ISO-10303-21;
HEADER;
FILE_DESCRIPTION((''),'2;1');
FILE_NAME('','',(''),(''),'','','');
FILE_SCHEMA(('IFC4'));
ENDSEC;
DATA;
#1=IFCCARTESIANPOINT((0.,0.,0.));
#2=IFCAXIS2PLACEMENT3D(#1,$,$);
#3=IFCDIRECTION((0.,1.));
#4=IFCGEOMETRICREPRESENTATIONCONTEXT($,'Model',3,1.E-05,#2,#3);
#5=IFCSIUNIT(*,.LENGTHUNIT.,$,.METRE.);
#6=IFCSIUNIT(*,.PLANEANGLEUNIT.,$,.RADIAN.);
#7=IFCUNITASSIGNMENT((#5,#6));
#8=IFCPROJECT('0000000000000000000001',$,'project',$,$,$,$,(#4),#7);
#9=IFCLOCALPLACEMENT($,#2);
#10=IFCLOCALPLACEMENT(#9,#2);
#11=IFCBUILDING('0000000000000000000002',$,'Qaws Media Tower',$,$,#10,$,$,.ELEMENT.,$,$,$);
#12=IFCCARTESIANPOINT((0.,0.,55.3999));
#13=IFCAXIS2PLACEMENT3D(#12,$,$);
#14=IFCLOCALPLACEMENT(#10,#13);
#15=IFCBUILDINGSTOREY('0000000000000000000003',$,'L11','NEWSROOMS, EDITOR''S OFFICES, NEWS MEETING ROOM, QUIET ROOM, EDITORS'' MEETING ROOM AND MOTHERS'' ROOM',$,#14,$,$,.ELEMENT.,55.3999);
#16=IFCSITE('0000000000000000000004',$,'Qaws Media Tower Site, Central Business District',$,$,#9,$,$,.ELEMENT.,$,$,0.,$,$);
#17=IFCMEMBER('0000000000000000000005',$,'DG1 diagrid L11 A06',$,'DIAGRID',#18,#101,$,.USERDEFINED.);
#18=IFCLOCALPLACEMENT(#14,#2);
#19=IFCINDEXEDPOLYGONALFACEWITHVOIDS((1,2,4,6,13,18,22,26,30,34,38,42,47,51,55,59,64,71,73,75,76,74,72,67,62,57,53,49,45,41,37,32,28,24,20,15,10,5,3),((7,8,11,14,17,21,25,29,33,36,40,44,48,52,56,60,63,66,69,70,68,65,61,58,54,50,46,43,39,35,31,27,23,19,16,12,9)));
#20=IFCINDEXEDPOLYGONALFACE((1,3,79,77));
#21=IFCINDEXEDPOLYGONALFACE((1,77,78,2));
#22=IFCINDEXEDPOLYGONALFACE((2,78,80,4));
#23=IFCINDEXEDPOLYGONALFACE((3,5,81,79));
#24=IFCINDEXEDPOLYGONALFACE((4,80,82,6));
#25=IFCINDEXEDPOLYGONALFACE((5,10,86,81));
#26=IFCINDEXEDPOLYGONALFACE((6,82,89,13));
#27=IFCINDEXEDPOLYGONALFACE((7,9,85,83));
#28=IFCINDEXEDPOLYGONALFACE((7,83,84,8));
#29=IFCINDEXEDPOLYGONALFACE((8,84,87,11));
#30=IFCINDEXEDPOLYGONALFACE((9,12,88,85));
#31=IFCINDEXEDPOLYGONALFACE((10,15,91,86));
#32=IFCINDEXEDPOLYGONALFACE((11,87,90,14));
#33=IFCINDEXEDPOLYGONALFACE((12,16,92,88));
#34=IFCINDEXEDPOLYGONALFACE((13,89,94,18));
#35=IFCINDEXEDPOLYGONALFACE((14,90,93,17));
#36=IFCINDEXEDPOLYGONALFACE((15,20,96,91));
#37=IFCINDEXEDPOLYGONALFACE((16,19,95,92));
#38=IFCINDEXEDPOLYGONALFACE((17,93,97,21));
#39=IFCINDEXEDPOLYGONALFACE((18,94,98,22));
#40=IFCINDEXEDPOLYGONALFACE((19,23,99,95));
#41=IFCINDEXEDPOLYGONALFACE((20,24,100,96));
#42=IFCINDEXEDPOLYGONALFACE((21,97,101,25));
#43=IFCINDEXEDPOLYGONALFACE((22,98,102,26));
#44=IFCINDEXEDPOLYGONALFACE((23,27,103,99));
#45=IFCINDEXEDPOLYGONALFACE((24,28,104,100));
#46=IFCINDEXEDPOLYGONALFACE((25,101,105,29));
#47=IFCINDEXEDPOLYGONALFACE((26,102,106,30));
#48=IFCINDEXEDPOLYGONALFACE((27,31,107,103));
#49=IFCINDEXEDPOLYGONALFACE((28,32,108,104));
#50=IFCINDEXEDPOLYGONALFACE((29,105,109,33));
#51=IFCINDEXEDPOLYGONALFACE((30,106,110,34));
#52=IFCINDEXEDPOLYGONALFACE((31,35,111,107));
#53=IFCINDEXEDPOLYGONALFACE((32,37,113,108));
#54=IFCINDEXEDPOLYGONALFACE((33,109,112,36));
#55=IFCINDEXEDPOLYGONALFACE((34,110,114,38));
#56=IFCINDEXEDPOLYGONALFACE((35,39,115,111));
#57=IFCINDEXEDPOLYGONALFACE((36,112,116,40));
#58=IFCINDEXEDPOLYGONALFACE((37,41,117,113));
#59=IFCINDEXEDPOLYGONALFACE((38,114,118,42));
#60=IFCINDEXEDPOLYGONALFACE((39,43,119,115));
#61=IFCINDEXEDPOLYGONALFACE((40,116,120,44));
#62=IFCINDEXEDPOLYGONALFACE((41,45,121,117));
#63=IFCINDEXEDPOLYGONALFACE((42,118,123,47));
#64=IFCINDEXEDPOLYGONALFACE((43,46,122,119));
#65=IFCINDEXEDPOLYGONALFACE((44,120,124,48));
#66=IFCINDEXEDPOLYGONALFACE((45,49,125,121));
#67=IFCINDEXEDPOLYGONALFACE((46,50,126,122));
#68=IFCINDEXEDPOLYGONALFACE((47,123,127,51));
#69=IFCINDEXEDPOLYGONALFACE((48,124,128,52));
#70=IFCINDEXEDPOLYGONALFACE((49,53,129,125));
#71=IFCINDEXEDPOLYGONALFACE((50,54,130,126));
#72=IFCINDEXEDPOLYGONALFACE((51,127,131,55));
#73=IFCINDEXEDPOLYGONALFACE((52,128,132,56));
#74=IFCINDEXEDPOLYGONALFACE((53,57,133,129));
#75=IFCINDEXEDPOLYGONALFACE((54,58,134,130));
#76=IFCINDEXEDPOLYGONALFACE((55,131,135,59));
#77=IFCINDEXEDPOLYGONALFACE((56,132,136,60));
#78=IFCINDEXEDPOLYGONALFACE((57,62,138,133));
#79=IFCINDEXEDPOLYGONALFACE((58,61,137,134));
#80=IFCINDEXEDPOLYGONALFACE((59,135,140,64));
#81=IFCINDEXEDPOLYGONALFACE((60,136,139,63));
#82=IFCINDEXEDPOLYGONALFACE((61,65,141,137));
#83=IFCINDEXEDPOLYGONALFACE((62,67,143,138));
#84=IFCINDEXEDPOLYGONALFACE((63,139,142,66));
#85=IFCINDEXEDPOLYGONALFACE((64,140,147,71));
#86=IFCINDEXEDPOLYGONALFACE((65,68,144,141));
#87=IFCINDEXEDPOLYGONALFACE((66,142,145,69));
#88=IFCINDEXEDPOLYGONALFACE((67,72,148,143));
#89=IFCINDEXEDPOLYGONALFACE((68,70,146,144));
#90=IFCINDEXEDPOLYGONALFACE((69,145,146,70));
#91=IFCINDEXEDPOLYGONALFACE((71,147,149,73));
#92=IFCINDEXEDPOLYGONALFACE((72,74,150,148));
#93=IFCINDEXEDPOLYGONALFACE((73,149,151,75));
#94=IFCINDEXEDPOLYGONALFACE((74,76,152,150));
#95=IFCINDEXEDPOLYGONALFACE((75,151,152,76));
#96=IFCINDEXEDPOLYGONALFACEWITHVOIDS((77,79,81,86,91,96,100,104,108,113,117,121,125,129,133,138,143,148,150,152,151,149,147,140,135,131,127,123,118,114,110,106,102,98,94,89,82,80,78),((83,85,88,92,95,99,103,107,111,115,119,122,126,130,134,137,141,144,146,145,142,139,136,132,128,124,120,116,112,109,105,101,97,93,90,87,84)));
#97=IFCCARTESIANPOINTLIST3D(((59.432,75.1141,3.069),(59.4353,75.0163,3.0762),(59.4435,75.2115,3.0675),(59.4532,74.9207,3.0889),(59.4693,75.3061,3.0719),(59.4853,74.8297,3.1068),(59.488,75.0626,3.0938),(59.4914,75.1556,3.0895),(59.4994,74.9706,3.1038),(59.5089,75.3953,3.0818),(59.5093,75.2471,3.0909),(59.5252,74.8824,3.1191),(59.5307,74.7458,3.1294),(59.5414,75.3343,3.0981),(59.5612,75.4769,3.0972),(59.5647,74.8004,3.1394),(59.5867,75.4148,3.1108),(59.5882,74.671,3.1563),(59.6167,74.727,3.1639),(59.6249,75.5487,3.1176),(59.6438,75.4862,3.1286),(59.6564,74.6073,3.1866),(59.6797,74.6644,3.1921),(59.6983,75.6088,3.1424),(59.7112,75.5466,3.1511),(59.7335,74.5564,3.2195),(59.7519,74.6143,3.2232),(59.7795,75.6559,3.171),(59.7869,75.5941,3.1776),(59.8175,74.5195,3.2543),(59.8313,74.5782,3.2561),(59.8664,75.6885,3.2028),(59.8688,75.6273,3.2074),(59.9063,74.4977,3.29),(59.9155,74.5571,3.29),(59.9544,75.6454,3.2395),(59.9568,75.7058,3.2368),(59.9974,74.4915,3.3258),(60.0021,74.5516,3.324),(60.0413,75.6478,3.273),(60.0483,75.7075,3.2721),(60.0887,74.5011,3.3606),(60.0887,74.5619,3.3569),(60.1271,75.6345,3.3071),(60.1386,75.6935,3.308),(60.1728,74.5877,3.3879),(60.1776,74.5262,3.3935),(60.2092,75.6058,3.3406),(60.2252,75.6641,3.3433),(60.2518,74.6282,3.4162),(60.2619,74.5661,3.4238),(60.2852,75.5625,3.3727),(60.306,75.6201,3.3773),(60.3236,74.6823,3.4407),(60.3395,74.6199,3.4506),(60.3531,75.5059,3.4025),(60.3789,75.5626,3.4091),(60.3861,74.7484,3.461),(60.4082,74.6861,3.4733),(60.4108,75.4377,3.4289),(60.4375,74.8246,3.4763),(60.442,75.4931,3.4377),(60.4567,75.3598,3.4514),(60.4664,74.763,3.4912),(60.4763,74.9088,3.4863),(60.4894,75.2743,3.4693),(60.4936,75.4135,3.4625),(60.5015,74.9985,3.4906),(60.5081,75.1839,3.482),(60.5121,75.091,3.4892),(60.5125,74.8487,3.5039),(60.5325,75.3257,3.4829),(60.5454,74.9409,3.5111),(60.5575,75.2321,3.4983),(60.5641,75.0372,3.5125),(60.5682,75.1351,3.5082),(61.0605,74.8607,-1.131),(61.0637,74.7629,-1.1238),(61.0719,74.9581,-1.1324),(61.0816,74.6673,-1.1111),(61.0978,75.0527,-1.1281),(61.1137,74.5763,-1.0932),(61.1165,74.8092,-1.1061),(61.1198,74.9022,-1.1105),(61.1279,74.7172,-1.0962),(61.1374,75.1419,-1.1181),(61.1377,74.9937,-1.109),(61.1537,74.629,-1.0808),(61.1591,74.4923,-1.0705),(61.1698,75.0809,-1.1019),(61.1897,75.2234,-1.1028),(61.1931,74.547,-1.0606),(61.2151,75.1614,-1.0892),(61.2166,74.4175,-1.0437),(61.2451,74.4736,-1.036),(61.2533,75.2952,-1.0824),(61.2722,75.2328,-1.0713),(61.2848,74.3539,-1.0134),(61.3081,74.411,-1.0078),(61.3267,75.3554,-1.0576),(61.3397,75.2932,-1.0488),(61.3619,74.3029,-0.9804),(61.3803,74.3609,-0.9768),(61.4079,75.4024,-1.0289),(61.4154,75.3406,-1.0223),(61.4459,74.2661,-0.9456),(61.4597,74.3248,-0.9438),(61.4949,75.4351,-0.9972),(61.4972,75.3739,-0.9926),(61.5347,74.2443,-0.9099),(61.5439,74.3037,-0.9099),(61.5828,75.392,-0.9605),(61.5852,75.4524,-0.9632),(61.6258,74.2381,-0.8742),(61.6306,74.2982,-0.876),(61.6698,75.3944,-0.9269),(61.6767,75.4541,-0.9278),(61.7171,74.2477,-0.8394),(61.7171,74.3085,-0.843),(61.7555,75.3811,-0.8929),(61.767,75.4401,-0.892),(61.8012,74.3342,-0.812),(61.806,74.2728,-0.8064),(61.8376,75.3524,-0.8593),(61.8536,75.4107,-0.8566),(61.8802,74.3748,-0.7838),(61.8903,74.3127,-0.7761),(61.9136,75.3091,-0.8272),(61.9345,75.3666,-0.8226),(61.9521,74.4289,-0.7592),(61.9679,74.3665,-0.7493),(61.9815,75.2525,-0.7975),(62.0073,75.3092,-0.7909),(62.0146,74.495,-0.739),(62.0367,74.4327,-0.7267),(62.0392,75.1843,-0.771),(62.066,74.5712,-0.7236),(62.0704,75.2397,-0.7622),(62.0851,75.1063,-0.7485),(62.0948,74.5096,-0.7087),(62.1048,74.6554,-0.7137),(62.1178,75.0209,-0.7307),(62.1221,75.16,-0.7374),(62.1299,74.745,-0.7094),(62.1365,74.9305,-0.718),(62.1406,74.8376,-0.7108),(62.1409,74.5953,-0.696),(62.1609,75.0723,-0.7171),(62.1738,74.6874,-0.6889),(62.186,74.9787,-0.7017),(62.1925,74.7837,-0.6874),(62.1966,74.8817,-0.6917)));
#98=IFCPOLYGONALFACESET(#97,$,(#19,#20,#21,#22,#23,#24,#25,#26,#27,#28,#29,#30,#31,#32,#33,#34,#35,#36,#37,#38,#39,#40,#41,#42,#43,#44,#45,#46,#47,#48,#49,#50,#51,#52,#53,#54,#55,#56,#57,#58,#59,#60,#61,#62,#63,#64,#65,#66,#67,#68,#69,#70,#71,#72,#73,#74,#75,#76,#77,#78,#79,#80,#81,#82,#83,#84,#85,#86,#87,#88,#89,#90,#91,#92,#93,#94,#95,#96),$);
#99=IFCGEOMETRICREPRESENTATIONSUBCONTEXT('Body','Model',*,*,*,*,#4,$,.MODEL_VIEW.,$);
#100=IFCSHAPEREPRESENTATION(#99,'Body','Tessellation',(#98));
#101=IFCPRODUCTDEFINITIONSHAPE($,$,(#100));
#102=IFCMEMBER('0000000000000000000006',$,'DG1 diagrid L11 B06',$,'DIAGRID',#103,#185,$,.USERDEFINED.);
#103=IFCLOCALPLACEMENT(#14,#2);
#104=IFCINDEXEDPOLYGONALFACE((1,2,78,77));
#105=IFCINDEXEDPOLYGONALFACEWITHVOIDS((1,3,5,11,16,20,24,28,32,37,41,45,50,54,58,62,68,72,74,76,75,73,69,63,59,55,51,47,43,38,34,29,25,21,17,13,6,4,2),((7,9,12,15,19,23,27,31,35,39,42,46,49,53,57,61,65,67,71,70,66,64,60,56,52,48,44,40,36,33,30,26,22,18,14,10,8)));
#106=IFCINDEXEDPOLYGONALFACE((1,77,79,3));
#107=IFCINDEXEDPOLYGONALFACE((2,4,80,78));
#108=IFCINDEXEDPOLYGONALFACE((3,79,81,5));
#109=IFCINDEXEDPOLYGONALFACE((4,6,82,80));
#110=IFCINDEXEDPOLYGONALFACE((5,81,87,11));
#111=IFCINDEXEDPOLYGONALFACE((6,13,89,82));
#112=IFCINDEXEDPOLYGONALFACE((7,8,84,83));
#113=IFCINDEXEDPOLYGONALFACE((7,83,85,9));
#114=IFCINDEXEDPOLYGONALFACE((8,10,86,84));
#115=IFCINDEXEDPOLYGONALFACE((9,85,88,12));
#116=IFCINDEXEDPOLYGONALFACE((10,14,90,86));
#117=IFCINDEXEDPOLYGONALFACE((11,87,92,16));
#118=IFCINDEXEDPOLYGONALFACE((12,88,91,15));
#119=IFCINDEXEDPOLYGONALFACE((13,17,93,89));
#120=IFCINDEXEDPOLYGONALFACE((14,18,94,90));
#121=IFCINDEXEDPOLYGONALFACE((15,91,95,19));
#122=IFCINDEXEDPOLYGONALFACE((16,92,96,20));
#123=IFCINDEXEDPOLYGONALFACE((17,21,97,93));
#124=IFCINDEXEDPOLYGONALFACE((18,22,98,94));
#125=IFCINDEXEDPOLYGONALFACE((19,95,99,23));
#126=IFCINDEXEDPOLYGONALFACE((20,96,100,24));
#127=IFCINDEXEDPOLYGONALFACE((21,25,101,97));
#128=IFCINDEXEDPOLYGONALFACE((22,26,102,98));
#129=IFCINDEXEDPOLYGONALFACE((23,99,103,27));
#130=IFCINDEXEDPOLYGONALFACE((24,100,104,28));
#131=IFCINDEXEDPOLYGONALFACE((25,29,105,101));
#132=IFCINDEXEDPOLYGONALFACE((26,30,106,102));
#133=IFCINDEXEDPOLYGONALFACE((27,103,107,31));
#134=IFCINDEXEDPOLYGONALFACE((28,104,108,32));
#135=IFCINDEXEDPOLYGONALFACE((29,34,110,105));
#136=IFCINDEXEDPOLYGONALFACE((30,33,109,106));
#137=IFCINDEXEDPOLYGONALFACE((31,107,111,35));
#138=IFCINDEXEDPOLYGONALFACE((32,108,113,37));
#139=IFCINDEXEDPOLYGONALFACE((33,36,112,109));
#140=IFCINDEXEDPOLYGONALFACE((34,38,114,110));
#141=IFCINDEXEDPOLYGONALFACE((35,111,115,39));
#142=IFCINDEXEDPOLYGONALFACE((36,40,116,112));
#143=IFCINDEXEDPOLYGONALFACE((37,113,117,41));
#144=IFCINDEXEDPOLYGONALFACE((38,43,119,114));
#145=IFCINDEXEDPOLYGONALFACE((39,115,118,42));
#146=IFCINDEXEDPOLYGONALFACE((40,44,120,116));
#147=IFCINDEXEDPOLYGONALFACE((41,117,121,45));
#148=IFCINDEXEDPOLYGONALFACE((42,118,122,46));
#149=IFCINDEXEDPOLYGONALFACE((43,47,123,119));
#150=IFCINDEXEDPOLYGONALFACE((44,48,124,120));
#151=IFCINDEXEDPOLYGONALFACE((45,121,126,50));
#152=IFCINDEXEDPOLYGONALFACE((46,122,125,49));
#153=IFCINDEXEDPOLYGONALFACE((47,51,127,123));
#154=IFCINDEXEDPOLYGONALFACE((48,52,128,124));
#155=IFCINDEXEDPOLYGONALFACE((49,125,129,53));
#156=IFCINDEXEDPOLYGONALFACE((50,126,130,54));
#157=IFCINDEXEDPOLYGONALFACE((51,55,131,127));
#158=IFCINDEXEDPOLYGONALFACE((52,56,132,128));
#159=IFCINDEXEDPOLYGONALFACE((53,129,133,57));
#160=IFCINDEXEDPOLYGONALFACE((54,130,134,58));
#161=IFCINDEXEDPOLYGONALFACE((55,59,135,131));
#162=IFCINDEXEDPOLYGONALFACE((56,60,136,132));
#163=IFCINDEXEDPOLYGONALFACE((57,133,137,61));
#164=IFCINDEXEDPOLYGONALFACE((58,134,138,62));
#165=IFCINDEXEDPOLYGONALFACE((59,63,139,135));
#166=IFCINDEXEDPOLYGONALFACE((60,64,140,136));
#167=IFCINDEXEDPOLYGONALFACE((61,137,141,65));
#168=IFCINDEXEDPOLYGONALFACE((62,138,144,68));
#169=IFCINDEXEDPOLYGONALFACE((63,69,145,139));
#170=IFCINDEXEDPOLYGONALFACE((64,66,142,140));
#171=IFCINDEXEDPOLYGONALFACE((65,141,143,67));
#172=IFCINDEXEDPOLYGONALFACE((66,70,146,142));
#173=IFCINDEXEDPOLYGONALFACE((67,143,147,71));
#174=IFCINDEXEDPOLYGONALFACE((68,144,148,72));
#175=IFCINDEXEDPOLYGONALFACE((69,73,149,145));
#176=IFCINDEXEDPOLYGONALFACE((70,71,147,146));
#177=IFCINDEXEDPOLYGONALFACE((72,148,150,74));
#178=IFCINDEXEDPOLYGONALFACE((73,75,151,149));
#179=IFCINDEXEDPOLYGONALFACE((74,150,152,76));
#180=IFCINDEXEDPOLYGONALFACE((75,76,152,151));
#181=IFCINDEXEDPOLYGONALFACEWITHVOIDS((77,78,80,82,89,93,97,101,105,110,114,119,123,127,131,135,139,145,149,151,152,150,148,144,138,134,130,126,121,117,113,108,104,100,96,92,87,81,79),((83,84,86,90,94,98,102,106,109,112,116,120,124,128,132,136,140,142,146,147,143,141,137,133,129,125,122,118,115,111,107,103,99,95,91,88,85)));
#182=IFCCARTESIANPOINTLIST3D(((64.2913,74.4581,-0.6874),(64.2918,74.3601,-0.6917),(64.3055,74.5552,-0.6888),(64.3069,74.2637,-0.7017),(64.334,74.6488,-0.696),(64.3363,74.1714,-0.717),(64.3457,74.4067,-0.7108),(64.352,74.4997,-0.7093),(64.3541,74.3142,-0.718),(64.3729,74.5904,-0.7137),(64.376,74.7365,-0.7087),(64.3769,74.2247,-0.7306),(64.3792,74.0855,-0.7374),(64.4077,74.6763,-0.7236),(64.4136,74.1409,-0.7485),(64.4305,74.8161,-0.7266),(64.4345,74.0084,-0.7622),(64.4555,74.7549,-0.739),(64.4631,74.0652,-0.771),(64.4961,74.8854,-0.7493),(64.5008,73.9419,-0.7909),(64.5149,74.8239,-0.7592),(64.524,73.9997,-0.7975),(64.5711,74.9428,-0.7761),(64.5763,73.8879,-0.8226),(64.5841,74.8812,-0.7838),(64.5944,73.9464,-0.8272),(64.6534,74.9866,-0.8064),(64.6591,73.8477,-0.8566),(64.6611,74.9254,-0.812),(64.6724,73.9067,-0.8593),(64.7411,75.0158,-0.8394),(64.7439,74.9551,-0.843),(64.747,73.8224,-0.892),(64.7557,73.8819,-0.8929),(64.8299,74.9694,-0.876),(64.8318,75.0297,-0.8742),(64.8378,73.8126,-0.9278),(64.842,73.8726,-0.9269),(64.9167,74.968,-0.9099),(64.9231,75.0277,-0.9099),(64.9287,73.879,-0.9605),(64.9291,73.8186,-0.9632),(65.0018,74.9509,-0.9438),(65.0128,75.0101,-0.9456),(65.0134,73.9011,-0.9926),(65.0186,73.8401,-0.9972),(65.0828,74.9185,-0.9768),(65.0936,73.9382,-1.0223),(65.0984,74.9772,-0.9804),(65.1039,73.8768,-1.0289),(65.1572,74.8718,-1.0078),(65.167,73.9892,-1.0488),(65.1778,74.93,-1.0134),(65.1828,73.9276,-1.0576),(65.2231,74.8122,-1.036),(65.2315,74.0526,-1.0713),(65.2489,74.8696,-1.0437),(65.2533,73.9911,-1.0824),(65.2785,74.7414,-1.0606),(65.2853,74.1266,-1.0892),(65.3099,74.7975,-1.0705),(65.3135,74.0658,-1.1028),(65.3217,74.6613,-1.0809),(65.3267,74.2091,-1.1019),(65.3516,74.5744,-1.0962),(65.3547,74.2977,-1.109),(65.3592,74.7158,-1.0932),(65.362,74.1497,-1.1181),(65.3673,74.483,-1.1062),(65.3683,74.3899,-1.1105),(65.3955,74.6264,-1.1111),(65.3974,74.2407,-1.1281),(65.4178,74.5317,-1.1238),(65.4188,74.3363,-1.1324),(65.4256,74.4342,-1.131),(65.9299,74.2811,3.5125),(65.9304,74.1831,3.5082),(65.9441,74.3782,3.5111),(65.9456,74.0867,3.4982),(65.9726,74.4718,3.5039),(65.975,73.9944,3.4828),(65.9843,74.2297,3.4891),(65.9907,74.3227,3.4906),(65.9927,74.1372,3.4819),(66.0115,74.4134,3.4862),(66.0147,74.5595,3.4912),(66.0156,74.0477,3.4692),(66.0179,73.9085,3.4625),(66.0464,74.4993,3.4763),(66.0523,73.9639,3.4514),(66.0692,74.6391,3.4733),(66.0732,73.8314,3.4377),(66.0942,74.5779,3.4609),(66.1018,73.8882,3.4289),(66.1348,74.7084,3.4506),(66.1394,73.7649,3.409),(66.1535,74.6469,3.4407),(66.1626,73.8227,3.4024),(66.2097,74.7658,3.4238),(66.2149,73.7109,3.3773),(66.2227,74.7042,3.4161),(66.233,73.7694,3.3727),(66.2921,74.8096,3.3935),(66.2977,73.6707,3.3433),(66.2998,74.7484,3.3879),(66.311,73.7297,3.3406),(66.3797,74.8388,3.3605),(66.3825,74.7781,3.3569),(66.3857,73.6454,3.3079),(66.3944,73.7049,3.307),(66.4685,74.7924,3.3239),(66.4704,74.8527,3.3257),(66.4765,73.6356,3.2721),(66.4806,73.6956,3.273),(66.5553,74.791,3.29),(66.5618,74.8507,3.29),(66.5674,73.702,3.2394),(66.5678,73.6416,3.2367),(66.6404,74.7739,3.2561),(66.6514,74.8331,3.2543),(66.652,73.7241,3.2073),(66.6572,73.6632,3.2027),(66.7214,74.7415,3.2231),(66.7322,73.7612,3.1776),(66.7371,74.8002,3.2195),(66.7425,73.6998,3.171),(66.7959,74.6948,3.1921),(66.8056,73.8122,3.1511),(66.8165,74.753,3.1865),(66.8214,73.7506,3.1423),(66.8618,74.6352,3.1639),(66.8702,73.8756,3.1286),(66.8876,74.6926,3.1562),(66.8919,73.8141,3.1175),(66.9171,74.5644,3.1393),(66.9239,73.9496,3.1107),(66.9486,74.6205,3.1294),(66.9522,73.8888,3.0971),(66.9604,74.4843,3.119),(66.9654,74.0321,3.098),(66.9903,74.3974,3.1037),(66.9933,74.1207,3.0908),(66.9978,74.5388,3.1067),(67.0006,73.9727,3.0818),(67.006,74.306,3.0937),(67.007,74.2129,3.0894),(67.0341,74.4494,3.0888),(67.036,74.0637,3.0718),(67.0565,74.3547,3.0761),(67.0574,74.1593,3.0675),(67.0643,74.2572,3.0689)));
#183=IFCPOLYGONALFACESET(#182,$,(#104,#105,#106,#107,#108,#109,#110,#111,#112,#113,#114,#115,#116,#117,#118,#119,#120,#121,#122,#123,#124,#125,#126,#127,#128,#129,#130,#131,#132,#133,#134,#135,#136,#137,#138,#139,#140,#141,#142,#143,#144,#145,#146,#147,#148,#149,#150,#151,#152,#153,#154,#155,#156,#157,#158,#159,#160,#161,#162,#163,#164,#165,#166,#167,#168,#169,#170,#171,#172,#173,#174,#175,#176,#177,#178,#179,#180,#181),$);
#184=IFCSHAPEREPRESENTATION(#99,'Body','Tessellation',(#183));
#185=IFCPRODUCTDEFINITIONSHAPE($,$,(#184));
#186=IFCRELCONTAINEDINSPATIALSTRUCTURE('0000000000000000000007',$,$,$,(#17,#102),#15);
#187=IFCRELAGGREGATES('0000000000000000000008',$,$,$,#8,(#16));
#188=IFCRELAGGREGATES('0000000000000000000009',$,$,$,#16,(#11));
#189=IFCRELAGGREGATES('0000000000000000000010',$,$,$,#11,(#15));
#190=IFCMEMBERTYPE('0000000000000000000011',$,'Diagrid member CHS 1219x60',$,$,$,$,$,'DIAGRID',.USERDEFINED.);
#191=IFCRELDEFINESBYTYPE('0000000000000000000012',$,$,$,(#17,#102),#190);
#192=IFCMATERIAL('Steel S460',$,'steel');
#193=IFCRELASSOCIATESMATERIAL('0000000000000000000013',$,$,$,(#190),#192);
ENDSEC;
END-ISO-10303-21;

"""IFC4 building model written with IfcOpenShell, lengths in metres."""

from ifc_helpers import new_model, si_unit, direction, frame, origin, origin_2d, place, context, subcontext, project, spatial, hollow_circle, extrude, material, material_profile, profile_set, type_object, element, save


model = new_model("IFC4")

# Units and contexts
model_context = context("Model", 3, precision=1e-05, world=origin(), true_north=direction((0.0, 1.0)))
body_context = subcontext(model_context, "Body", "Model", "MODEL_VIEW")
ifc_project = project(units=[si_unit("LENGTHUNIT", "METRE"), si_unit("PLANEANGLEUNIT", "RADIAN")], contexts=[model_context])

# Site, building, storey
site_placement = place(None, origin())
site = spatial("IfcSite", under=ifc_project, at=site_placement, Name="Qaws Media Tower Site, Central Business District", CompositionType="ELEMENT", RefElevation=0.0)
building_placement = place(site_placement, origin())
building = spatial("IfcBuilding", under=site, at=building_placement, Name="Qaws Media Tower", CompositionType="ELEMENT")
storey_placement = place(building_placement, frame((0.0, 0.0, 55.3999)))
storey = spatial("IfcBuildingStorey", under=building, at=storey_placement, Name="L11", Description="NEWSROOMS, EDITOR'S OFFICES, NEWS MEETING ROOM, QUIET ROOM, EDITORS' MEETING ROOM AND MOTHERS' ROOM", CompositionType="ELEMENT", Elevation=55.3999)

# Members
ifc_material_1 = material(Name="Steel S460", Category="steel")
ifc_material_profile_1 = material_profile(ifc_material_1, hollow_circle(Radius=0.6096, WallThickness=0.0601, at=origin_2d()), Name="CHS 1219x60")
ifc_profile_set_1 = profile_set([ifc_material_profile_1], Name="Steel S460")
member_type_1 = type_object("IfcMemberType", Name="Diagrid member CHS 1219x60", ElementType="DIAGRID", PredefinedType="USERDEFINED", material=ifc_profile_set_1)
for number, where, z_axis, x_axis, name in (
    (1, (61.6284, 74.8467, -0.9099), (-0.360931, 0.056169, 0.930899), (-0.153771, -0.988106, 0.0), "DG1 diagrid L11 A06"),
    (2, (64.8577, 74.4216, -0.9099), (0.363198, -0.039231, 0.930885), (0.107391, 0.994217, 0.0), "DG1 diagrid L11 B06"),
):
    element("IfcMember", number, at=place(storey_placement, frame(where, z_axis=z_axis, x_axis=x_axis)), inside=storey, type_object=member_type_1, Name=name, ObjectType="DIAGRID", PredefinedType="USERDEFINED", context=body_context, shape_type="SweptSolid", body=[
        extrude(hollow_circle(Radius=0.6096, WallThickness=0.0601, at=origin_2d()), origin(), (0.0, 0.0, 1.0), 4.5117),
    ])

save(model, "model.ifc")
